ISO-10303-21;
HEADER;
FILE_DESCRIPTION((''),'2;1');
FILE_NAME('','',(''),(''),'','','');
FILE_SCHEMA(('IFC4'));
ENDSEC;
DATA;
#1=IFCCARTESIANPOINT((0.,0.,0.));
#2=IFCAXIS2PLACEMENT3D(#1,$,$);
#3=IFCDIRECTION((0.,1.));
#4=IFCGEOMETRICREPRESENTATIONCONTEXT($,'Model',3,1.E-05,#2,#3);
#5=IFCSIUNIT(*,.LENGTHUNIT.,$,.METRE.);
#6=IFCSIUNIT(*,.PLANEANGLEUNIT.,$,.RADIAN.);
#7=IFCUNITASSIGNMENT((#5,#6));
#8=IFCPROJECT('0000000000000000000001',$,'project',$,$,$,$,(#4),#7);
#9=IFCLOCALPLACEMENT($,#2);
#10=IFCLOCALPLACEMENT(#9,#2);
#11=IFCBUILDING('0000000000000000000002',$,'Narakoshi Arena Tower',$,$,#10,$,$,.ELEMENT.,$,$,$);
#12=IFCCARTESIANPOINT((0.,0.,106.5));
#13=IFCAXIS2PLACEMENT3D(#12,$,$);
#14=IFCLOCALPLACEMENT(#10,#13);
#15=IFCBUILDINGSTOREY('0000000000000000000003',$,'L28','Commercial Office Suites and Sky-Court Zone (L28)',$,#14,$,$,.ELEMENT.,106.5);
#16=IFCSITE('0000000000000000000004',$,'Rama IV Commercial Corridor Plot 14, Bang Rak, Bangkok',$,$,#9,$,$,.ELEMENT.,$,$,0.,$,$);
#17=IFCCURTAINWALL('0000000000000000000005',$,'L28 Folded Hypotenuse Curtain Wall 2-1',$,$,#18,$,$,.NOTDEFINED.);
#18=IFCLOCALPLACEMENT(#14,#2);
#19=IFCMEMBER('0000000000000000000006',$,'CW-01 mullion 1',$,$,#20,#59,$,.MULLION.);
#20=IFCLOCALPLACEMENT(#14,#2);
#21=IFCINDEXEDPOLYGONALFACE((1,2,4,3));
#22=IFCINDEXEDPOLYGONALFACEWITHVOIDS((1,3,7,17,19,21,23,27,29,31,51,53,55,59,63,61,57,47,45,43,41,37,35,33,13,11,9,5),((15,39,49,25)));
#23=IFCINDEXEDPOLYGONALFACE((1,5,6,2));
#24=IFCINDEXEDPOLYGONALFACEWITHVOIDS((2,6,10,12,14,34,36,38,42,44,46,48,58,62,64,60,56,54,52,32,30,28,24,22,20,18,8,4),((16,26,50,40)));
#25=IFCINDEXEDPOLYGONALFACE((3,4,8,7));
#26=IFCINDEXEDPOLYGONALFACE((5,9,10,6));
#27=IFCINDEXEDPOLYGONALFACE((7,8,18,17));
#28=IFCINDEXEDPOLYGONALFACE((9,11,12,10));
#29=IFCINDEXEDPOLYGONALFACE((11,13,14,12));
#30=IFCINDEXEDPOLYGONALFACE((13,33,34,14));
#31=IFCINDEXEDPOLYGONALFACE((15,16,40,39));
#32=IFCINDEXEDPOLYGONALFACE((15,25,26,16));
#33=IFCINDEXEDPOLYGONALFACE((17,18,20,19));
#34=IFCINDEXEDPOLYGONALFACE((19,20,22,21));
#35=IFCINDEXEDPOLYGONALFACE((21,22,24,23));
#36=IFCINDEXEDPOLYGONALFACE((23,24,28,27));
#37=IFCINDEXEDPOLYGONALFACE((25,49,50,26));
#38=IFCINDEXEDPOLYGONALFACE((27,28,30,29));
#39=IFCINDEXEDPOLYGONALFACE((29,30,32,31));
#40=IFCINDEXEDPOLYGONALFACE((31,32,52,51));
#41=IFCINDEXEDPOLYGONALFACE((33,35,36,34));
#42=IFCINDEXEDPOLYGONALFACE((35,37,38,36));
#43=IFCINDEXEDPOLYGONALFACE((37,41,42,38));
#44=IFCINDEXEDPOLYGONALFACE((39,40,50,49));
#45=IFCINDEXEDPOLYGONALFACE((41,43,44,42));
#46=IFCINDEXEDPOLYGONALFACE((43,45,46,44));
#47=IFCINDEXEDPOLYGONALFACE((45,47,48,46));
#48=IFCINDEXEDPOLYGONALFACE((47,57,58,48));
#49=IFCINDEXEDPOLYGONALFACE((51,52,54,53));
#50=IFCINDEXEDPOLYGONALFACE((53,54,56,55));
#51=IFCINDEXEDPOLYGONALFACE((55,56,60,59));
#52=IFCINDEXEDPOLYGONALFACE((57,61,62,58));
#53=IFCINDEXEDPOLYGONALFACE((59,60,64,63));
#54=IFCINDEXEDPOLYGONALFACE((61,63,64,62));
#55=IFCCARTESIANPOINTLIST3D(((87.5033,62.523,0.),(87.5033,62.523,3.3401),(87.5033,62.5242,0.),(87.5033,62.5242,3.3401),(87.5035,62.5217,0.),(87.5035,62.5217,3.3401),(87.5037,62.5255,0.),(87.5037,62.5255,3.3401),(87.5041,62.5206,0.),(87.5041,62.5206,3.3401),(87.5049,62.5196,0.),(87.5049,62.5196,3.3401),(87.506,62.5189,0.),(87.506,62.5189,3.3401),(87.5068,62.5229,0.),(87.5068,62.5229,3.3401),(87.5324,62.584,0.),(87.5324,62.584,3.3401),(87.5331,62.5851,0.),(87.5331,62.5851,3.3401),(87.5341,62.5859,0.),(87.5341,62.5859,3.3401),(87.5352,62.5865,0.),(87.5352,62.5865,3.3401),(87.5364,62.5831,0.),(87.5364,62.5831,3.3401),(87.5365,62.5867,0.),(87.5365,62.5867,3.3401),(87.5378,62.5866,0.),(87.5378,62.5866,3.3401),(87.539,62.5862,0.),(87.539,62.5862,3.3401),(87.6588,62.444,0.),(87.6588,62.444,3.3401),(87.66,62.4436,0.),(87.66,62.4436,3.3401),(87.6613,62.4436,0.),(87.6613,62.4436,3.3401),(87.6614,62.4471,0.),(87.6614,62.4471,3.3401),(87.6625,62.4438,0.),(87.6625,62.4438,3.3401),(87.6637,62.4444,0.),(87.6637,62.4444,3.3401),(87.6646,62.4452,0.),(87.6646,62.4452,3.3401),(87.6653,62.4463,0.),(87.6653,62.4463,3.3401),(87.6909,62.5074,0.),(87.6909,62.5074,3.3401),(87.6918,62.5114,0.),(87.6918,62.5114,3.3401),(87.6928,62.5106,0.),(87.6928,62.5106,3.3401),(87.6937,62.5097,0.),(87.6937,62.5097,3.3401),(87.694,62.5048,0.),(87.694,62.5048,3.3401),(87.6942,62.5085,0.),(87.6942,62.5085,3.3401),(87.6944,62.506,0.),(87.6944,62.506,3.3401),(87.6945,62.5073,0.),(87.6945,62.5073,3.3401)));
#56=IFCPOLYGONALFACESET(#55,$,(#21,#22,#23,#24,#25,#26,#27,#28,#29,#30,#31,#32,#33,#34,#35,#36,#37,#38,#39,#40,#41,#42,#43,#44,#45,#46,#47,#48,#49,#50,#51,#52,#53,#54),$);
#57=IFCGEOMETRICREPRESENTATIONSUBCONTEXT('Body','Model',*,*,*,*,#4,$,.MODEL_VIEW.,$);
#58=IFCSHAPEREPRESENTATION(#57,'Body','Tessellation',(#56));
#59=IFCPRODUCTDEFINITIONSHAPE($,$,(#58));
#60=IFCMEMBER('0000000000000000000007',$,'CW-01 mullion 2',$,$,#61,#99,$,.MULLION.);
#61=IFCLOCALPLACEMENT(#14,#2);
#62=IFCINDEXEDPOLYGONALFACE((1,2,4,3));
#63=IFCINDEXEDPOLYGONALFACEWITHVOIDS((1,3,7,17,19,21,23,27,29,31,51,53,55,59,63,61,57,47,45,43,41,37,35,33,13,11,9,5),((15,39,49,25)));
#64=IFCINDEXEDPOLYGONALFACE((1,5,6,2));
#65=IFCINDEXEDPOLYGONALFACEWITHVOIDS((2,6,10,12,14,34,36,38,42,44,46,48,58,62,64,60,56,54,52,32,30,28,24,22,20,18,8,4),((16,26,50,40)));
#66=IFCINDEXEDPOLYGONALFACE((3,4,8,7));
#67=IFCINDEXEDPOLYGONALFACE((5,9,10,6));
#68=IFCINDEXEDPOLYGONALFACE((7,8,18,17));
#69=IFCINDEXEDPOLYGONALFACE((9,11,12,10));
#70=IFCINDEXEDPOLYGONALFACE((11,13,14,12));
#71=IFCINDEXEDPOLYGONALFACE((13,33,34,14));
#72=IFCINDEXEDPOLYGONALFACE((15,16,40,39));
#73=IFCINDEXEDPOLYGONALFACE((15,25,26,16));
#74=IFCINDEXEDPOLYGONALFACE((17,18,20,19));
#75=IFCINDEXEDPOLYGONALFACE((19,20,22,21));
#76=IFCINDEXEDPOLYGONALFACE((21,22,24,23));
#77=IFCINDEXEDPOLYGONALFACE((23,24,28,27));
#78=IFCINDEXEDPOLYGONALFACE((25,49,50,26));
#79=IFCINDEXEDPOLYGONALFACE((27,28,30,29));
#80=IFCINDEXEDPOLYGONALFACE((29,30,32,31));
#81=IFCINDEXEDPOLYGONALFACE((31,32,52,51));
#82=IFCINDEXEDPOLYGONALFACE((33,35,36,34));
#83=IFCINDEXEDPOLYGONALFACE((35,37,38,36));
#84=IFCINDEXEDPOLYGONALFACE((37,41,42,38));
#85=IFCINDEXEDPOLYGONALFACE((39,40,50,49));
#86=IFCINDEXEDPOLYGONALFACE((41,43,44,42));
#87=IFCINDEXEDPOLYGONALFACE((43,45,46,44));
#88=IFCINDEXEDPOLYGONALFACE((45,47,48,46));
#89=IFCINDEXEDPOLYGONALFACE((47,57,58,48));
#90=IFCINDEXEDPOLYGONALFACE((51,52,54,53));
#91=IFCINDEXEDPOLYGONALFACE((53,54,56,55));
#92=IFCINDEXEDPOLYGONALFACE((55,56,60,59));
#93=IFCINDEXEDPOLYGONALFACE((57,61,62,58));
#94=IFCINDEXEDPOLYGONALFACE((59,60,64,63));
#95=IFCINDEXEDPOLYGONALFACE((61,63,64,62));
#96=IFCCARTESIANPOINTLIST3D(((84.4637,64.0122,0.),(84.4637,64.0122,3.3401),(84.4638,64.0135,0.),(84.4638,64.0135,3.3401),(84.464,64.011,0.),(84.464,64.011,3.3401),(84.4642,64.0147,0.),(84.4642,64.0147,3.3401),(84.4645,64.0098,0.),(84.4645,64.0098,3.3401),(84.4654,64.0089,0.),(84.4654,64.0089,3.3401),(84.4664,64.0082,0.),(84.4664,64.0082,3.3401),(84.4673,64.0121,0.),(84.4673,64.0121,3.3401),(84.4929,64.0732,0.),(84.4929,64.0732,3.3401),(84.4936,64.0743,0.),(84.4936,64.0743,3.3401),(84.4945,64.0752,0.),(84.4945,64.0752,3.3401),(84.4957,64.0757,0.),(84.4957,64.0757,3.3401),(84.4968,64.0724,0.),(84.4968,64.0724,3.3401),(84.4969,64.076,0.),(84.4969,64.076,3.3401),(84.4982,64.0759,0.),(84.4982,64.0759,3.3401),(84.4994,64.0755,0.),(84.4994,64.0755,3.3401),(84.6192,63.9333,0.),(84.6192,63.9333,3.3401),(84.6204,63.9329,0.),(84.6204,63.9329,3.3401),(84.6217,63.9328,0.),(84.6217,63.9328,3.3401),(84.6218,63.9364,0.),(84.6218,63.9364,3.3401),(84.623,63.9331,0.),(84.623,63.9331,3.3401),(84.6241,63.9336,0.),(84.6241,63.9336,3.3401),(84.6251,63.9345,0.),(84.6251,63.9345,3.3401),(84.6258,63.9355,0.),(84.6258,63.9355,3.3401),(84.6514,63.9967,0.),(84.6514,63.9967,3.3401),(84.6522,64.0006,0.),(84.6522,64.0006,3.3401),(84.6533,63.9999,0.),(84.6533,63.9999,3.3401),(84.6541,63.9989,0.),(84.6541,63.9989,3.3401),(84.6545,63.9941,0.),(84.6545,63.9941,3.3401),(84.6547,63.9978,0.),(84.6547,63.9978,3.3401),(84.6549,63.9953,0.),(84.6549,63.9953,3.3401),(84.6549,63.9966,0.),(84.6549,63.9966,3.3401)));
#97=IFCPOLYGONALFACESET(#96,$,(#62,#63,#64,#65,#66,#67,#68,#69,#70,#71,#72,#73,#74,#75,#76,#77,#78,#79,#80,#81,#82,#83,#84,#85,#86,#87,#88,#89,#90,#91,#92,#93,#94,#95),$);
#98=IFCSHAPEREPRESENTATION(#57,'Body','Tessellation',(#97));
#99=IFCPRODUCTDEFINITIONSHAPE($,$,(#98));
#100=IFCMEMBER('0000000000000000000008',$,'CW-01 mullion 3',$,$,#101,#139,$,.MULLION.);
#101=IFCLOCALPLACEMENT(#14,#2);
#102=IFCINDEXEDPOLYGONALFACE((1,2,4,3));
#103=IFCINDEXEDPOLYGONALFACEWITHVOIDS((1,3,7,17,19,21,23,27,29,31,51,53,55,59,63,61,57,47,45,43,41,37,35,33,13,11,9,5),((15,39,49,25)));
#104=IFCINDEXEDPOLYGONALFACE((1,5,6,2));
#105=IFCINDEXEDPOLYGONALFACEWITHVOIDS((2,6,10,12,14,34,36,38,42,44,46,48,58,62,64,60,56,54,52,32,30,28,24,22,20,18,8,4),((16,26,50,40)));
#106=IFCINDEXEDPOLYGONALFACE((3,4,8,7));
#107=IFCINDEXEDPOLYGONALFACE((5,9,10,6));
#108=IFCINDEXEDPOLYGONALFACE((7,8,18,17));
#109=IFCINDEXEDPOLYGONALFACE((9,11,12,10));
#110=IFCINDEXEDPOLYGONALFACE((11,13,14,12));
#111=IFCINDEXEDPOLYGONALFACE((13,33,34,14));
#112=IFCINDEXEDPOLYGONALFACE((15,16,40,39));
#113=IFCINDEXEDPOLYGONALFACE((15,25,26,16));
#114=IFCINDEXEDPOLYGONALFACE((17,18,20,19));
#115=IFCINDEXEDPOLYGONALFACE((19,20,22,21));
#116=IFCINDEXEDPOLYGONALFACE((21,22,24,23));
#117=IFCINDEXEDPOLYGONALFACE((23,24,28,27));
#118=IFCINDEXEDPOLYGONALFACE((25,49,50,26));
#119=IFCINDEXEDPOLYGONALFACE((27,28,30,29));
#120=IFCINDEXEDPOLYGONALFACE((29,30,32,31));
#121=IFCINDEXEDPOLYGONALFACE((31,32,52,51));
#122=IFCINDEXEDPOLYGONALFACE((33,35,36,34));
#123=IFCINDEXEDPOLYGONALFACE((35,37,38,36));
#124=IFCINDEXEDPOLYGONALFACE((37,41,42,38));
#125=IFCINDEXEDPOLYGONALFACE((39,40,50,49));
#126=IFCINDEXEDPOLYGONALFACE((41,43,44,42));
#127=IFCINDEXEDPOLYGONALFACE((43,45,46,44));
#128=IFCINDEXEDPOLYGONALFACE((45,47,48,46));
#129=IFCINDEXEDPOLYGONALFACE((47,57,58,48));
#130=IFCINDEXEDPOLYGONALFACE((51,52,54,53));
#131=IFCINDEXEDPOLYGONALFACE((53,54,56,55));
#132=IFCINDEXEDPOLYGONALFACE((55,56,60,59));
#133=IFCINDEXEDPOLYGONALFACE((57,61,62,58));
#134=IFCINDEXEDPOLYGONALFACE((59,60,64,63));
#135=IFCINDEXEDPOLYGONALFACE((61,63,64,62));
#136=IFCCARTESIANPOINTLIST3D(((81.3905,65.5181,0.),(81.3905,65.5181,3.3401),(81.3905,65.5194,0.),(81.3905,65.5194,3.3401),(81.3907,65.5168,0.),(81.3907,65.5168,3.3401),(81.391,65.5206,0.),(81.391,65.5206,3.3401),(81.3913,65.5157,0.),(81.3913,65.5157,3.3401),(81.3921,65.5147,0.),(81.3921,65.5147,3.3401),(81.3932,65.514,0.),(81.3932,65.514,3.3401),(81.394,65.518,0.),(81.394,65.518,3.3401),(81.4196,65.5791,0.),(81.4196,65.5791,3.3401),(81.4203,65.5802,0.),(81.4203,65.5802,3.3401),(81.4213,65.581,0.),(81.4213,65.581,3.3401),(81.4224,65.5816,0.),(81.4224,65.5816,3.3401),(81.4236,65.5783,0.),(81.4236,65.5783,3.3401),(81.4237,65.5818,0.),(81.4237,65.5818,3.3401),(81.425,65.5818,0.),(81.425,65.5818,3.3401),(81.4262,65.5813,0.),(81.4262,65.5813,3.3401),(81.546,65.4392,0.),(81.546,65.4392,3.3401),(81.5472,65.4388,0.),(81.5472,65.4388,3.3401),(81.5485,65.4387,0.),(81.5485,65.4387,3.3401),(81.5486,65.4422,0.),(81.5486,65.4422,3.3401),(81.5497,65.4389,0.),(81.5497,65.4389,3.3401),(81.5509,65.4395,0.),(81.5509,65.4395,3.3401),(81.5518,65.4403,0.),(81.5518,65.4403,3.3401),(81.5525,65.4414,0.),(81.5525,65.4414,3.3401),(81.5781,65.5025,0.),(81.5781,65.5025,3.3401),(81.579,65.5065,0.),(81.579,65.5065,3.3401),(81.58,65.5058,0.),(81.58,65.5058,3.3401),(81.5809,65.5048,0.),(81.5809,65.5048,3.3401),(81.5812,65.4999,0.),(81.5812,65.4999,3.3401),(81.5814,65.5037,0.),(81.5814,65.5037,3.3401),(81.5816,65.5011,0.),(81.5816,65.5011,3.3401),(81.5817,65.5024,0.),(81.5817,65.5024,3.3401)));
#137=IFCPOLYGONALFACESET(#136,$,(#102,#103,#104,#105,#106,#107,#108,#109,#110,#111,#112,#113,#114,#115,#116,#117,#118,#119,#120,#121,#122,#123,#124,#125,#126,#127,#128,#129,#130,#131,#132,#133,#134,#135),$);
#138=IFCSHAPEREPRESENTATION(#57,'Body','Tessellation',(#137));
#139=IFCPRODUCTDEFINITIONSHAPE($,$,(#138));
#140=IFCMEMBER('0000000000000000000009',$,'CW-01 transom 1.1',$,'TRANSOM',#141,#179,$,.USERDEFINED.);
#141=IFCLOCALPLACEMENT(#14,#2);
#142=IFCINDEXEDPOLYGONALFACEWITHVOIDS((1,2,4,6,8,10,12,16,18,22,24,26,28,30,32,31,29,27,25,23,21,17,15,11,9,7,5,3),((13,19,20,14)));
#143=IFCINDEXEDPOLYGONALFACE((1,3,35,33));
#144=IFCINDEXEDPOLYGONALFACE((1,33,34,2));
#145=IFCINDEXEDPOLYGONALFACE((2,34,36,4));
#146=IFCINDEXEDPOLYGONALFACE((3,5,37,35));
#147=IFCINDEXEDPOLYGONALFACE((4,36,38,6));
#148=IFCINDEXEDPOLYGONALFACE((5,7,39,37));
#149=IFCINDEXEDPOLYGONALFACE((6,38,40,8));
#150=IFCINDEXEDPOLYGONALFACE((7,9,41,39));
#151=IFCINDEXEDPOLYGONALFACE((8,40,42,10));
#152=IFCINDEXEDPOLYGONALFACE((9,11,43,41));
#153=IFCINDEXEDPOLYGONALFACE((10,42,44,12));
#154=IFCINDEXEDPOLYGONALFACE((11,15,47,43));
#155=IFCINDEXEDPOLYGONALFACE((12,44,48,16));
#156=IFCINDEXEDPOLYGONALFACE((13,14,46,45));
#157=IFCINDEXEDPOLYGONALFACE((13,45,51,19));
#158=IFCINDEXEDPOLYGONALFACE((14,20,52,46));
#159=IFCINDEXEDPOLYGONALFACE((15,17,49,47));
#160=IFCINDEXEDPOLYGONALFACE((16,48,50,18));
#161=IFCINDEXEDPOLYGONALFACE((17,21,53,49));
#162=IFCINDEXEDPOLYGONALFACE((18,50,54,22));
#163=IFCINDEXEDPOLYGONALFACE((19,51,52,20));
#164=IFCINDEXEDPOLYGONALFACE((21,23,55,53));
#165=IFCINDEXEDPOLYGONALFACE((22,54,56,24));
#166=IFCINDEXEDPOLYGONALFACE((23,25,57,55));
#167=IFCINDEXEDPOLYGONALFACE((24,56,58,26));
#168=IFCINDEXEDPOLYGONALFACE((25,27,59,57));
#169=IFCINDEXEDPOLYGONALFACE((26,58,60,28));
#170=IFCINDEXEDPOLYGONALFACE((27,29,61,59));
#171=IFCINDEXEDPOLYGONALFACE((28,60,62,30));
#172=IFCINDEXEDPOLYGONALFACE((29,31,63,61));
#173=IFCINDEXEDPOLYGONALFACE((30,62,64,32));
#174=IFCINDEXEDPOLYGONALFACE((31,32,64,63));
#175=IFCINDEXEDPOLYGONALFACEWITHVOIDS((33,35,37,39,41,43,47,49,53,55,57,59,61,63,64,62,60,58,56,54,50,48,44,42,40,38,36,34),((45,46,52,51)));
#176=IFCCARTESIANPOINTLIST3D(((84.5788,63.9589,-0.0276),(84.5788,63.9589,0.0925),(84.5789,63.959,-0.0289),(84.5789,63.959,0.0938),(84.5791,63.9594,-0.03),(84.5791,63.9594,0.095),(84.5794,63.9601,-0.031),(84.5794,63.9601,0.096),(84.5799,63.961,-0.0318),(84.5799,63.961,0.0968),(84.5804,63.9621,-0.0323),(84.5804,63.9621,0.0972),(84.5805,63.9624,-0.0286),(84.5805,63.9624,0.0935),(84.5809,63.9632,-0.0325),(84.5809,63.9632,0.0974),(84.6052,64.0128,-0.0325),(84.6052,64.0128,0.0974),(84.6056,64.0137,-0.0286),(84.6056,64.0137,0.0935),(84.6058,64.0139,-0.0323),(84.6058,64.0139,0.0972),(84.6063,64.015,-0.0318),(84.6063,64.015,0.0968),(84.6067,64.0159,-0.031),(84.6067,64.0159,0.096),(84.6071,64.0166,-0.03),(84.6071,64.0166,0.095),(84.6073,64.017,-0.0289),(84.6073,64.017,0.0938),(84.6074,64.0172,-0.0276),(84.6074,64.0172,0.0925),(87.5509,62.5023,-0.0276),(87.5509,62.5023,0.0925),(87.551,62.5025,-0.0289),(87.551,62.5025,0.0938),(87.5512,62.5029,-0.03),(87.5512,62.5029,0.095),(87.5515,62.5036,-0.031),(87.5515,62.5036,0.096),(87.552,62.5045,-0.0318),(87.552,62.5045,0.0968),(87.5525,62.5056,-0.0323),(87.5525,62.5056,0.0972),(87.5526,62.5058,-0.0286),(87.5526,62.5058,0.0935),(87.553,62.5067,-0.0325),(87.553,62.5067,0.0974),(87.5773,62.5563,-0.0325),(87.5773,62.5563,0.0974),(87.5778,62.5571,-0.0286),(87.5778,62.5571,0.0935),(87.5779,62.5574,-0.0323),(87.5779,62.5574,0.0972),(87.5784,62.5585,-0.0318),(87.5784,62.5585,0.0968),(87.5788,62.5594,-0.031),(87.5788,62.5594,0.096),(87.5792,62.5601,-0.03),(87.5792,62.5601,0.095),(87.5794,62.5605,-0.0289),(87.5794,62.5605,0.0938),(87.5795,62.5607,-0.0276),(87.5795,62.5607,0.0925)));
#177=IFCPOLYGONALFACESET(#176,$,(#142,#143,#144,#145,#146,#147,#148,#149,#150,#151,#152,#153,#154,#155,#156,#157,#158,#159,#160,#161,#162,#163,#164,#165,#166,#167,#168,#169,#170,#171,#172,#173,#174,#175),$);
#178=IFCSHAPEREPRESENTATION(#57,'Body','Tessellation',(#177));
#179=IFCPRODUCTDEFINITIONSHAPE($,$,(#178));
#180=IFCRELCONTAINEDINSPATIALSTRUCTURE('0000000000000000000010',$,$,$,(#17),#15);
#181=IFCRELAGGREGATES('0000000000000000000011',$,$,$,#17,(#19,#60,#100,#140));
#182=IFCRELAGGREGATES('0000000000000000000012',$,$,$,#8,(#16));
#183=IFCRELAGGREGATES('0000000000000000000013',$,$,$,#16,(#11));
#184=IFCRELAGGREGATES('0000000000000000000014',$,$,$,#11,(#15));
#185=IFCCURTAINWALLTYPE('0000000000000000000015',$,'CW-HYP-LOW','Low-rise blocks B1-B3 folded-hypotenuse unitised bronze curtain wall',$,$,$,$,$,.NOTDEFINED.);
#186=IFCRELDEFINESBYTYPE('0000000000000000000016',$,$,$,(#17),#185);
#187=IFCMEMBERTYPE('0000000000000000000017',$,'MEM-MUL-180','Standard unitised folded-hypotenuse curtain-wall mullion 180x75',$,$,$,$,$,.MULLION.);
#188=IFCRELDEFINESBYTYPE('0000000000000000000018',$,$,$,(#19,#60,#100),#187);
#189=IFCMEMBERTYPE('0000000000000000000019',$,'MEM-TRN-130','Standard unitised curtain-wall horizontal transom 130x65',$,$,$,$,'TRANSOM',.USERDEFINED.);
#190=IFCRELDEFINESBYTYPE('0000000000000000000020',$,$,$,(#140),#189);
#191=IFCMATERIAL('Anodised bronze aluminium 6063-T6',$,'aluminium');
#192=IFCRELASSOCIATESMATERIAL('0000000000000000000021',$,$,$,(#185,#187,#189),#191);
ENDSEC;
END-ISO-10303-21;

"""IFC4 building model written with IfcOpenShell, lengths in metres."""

from ifc_helpers import new_model, si_unit, direction, frame, origin, origin_2d, place, context, subcontext, project, spatial, hollow_rectangle, extrude, material, material_profile, profile_set, type_object, element, aggregate, save


model = new_model("IFC4")

# Units and contexts
model_context = context("Model", 3, precision=1e-05, world=origin(), true_north=direction((0.0, 1.0)))
body_context = subcontext(model_context, "Body", "Model", "MODEL_VIEW")
ifc_project = project(units=[si_unit("LENGTHUNIT", "METRE"), si_unit("PLANEANGLEUNIT", "RADIAN")], contexts=[model_context])

# Site, building, storey
site_placement = place(None, origin())
site = spatial("IfcSite", under=ifc_project, at=site_placement, Name="Rama IV Commercial Corridor Plot 14, Bang Rak, Bangkok", CompositionType="ELEMENT", RefElevation=0.0)
building_placement = place(site_placement, origin())
building = spatial("IfcBuilding", under=site, at=building_placement, Name="Narakoshi Arena Tower", CompositionType="ELEMENT")
storey_placement = place(building_placement, frame((0.0, 0.0, 106.5)))
storey = spatial("IfcBuildingStorey", under=building, at=storey_placement, Name="L28", Description="Commercial Office Suites and Sky-Court Zone (L28)", CompositionType="ELEMENT", Elevation=106.5)

# Curtain wall, members
ifc_material_1 = material(Name="Anodised bronze aluminium 6063-T6", Category="aluminium")
curtain_wall_type = type_object("IfcCurtainWallType", Name="CW-HYP-LOW", Description="Low-rise blocks B1-B3 folded-hypotenuse unitised bronze curtain wall", PredefinedType="NOTDEFINED", material=ifc_material_1)
curtain_wall_placement = place(storey_placement, origin())
curtain_wall = element("IfcCurtainWall", 1, at=curtain_wall_placement, inside=storey, type_object=curtain_wall_type, Name="L28 Folded Hypotenuse Curtain Wall 2-1", PredefinedType="NOTDEFINED")
ifc_material_profile_1 = material_profile(ifc_material_1, hollow_rectangle(XDim=0.075, YDim=0.1799, WallThickness=0.0039, OuterFilletRadius=0.0049, at=origin_2d()), Name="MUL180x75x4")
ifc_profile_set_1 = profile_set([ifc_material_profile_1], Name="Anodised bronze aluminium 6063-T6")
member_type_1 = type_object("IfcMemberType", Name="MEM-MUL-180", Description="Standard unitised folded-hypotenuse curtain-wall mullion 180x75", PredefinedType="MULLION", material=ifc_profile_set_1)
member_1_placement = place(storey_placement, frame((87.5989, 62.5151, 0.0), z_axis=(0.0, 0.0, 1.0), x_axis=(-0.440005, -0.897996, 0.0)))
member_1 = element("IfcMember", 2, at=member_1_placement, type_object=member_type_1, Name="CW-01 mullion 1", PredefinedType="MULLION", context=body_context, shape_type="SweptSolid", body=[
    extrude(hollow_rectangle(XDim=0.075, YDim=0.1799, WallThickness=0.0039, OuterFilletRadius=0.0049, at=origin_2d()), origin(), (0.0, 0.0, 1.0), 3.3401),
])
member_2_placement = place(storey_placement, frame((84.5593, 64.0044, 0.0), z_axis=(0.0, 0.0, 1.0), x_axis=(-0.440005, -0.897996, 0.0)))
member_2 = element("IfcMember", 3, at=member_2_placement, type_object=member_type_1, Name="CW-01 mullion 2", PredefinedType="MULLION", context=body_context, shape_type="SweptSolid", body=[
    extrude(hollow_rectangle(XDim=0.075, YDim=0.1799, WallThickness=0.0039, OuterFilletRadius=0.0049, at=origin_2d()), origin(), (0.0, 0.0, 1.0), 3.3401),
])
member_3_placement = place(storey_placement, frame((81.4861, 65.5103, 0.0), z_axis=(0.0, 0.0, 1.0), x_axis=(-0.440005, -0.897996, 0.0)))
member_3 = element("IfcMember", 4, at=member_3_placement, type_object=member_type_1, Name="CW-01 mullion 3", PredefinedType="MULLION", context=body_context, shape_type="SweptSolid", body=[
    extrude(hollow_rectangle(XDim=0.075, YDim=0.1799, WallThickness=0.0039, OuterFilletRadius=0.0049, at=origin_2d()), origin(), (0.0, 0.0, 1.0), 3.3401),
])
ifc_material_profile_2 = material_profile(ifc_material_1, hollow_rectangle(XDim=0.0649, YDim=0.1299, WallThickness=0.0039, OuterFilletRadius=0.0049, at=origin_2d()), Name="TRN130x65x4")
ifc_profile_set_2 = profile_set([ifc_material_profile_2], Name="Anodised bronze aluminium 6063-T6")
member_type_2 = type_object("IfcMemberType", Name="MEM-TRN-130", Description="Standard unitised curtain-wall horizontal transom 130x65", ElementType="TRANSOM", PredefinedType="USERDEFINED", material=ifc_profile_set_2)
member_4_placement = place(storey_placement, frame((87.5652, 62.5315, 0.0325), z_axis=(-0.897969, 0.440059, 0.0), x_axis=(-0.440059, -0.897969, 0.0)))
member_4 = element("IfcMember", 5, at=member_4_placement, type_object=member_type_2, Name="CW-01 transom 1.1", ObjectType="TRANSOM", PredefinedType="USERDEFINED", context=body_context, shape_type="SweptSolid", body=[
    extrude(hollow_rectangle(XDim=0.0649, YDim=0.1299, WallThickness=0.0039, OuterFilletRadius=0.0049, at=origin_2d()), origin(), (0.0, 0.0, 1.0), 3.3098),
])
aggregate(curtain_wall, [member_1, member_2, member_3, member_4])

save(model, "model.ifc")
